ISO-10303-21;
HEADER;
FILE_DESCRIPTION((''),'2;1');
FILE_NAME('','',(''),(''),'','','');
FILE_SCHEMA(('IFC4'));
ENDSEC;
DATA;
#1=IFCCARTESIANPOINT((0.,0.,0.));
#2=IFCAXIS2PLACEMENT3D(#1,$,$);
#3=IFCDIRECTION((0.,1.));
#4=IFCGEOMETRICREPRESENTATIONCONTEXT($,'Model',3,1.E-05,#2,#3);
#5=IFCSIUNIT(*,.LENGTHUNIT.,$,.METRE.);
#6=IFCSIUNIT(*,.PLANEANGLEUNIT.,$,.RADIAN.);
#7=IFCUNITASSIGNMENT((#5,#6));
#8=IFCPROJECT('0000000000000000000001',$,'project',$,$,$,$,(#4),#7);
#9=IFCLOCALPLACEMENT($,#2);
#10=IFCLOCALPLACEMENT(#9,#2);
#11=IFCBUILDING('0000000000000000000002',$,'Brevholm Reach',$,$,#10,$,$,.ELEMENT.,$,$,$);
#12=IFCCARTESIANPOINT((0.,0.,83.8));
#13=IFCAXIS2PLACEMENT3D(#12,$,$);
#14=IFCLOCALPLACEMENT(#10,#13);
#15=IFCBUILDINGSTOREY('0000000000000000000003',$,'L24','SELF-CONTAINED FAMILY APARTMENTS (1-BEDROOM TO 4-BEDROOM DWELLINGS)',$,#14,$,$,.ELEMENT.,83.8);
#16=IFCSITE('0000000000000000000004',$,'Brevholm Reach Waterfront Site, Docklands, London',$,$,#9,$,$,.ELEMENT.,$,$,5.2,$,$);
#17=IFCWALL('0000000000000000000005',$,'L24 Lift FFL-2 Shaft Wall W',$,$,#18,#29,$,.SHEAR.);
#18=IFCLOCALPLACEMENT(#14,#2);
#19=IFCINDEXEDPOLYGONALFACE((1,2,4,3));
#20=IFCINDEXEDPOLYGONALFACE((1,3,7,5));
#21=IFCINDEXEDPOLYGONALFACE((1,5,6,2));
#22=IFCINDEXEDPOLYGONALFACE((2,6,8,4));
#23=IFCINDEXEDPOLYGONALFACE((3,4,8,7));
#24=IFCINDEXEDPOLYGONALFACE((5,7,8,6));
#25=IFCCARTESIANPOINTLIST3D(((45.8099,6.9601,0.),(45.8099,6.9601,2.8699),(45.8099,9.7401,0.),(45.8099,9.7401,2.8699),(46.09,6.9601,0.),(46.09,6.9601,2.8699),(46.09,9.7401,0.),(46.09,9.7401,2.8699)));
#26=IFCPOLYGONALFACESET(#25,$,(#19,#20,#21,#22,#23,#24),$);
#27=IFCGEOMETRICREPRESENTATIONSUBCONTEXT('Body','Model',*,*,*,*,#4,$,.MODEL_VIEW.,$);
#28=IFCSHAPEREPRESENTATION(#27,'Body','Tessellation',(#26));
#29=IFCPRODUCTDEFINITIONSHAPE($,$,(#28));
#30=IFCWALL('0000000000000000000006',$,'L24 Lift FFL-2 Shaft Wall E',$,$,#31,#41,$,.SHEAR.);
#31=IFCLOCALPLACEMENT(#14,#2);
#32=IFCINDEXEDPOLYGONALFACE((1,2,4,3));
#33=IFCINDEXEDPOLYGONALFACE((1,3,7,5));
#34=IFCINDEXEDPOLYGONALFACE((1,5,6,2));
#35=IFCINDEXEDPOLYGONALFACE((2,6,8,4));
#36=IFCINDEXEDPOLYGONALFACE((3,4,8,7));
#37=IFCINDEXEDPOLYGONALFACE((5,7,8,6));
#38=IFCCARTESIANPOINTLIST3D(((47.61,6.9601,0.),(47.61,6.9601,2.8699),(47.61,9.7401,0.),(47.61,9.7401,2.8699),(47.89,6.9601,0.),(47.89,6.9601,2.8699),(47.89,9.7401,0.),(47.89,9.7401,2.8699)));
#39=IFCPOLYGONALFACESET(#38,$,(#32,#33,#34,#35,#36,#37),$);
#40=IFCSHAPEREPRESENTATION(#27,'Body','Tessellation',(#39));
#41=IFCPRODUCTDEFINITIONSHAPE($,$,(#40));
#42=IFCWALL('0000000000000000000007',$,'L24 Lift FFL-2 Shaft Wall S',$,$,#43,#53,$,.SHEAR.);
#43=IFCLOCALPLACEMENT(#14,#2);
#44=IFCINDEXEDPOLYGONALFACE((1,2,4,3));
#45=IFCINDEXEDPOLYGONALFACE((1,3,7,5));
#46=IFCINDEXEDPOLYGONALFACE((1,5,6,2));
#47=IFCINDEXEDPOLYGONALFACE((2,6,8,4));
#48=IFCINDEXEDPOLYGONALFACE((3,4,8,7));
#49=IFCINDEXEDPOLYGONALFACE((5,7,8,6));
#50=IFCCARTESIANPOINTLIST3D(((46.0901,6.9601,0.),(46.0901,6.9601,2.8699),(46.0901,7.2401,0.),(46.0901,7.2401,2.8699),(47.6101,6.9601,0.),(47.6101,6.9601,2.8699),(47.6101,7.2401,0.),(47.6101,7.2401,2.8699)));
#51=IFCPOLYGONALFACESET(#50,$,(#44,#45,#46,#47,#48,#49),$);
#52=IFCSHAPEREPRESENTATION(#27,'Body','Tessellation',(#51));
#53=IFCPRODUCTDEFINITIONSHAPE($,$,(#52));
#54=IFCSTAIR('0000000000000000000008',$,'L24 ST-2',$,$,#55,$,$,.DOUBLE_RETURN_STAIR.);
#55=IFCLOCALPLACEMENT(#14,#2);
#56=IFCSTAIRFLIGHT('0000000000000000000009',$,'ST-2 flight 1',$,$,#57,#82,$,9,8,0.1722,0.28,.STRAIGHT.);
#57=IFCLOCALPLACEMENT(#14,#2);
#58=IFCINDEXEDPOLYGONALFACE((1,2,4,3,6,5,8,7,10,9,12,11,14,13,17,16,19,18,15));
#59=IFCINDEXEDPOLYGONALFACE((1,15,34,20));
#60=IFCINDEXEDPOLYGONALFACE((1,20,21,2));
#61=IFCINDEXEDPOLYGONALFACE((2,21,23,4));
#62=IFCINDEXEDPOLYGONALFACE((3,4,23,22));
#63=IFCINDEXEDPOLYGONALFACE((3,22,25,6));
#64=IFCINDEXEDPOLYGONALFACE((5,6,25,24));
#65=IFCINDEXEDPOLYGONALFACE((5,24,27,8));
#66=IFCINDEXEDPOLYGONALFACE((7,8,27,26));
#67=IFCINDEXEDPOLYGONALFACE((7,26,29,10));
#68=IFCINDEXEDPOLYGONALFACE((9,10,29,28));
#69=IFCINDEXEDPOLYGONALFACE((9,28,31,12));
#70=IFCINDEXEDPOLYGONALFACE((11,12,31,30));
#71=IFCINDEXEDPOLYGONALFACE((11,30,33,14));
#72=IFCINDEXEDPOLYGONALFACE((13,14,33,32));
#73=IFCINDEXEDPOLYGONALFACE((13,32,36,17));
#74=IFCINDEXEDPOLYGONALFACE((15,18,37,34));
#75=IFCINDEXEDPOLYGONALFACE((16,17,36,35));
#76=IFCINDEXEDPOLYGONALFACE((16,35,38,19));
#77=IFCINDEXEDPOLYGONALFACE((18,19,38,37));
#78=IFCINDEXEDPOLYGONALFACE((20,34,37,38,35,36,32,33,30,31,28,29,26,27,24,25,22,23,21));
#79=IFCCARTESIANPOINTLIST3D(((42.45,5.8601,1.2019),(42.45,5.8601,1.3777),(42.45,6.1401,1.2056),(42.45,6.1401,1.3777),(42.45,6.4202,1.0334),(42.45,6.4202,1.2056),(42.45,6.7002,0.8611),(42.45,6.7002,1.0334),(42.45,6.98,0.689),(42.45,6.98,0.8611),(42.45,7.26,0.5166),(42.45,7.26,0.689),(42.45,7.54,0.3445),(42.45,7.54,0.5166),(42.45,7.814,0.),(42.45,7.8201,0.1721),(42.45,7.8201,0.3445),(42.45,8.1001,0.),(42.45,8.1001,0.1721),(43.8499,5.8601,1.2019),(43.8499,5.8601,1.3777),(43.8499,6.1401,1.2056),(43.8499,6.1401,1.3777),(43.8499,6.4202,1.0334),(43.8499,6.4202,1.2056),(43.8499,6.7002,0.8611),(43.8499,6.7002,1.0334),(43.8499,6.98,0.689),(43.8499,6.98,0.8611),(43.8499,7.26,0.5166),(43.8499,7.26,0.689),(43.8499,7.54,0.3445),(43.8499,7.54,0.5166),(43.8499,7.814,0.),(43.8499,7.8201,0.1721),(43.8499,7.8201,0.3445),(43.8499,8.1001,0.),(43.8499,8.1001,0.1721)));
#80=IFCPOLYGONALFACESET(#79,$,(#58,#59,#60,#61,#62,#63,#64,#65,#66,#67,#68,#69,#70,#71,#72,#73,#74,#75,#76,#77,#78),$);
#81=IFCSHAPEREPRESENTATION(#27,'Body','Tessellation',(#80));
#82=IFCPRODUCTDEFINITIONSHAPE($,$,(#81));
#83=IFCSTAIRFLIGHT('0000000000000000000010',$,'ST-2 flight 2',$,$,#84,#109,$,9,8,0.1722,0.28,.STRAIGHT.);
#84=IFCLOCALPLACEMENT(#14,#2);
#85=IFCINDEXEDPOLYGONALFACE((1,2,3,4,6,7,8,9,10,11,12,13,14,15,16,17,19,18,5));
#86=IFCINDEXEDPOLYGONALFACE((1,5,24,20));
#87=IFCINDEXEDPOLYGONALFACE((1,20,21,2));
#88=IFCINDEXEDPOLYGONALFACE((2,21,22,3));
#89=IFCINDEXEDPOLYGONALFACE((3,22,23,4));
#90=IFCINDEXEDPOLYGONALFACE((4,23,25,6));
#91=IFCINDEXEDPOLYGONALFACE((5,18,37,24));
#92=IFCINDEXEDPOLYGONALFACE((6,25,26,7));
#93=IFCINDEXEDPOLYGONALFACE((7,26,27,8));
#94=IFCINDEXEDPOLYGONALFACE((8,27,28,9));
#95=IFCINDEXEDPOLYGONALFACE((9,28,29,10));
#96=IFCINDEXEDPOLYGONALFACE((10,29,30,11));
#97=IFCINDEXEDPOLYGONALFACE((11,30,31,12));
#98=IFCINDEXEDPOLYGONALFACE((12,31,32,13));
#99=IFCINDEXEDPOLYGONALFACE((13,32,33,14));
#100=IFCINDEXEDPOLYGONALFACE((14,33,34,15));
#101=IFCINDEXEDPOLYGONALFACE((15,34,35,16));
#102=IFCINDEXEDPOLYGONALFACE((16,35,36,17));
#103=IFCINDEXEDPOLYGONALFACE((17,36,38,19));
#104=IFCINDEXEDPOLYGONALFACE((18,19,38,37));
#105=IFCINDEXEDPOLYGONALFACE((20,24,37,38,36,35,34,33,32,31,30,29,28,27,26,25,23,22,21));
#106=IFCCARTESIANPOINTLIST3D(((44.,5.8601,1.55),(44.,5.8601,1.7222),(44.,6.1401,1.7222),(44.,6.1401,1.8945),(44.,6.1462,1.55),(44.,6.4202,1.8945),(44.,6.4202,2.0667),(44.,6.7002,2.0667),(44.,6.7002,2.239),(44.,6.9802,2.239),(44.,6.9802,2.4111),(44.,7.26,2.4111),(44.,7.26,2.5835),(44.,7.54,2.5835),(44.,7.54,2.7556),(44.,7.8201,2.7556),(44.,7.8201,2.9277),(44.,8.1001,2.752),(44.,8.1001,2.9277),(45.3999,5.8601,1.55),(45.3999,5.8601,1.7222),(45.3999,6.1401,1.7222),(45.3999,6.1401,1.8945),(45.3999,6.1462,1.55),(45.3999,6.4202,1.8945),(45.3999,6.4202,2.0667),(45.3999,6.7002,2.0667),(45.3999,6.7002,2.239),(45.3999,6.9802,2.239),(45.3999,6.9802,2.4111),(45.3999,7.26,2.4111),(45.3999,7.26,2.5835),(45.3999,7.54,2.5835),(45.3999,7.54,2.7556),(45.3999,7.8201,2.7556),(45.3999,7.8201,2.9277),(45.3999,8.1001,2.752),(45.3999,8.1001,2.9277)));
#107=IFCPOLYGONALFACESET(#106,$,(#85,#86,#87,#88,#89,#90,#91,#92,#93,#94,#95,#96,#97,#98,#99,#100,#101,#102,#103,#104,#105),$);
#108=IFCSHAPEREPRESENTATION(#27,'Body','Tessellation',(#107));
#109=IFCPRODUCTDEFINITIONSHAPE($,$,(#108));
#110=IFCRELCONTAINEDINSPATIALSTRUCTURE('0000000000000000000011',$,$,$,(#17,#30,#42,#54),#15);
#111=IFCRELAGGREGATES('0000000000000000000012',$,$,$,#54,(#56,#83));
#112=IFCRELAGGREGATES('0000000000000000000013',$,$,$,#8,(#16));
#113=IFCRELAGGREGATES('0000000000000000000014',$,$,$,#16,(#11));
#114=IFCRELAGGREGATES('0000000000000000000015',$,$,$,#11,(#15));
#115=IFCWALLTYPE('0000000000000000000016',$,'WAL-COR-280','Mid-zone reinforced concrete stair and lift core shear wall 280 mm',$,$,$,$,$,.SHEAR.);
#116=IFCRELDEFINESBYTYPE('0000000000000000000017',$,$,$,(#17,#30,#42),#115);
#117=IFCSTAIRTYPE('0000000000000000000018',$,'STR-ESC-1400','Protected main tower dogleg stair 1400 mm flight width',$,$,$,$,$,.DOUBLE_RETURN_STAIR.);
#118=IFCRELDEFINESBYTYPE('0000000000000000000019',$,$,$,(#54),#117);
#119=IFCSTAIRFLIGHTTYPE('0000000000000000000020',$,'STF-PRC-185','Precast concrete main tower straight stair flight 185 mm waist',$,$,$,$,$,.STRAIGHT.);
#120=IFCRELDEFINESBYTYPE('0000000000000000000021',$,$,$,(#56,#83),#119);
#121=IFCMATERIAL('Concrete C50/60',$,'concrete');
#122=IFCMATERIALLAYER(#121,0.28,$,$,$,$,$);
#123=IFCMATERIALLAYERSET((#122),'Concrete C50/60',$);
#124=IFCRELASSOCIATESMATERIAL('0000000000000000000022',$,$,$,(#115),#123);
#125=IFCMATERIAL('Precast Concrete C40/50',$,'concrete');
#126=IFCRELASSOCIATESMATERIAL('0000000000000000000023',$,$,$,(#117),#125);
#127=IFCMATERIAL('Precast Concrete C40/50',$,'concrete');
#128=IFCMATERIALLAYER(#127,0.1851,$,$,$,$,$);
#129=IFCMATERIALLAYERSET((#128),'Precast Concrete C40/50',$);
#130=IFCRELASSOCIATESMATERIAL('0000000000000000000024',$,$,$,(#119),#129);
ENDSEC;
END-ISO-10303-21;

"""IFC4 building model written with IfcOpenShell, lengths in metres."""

from ifc_helpers import new_model, si_unit, direction, frame, frame_2d, origin, place, context, subcontext, project, spatial, polyline, rectangle, outline, extrude, material, layer, layer_set, type_object, element, aggregate, save


model = new_model("IFC4")

# Units and contexts
model_context = context("Model", 3, precision=1e-05, world=origin(), true_north=direction((0.0, 1.0)))
body_context = subcontext(model_context, "Body", "Model", "MODEL_VIEW")
ifc_project = project(units=[si_unit("LENGTHUNIT", "METRE"), si_unit("PLANEANGLEUNIT", "RADIAN")], contexts=[model_context])

# Site, building, storey
site_placement = place(None, origin())
site = spatial("IfcSite", under=ifc_project, at=site_placement, Name="Brevholm Reach Waterfront Site, Docklands, London", CompositionType="ELEMENT", RefElevation=5.2)
building_placement = place(site_placement, origin())
building = spatial("IfcBuilding", under=site, at=building_placement, Name="Brevholm Reach", CompositionType="ELEMENT")
storey_placement = place(building_placement, frame((0.0, 0.0, 83.8)))
storey = spatial("IfcBuildingStorey", under=building, at=storey_placement, Name="L24", Description="SELF-CONTAINED FAMILY APARTMENTS (1-BEDROOM TO 4-BEDROOM DWELLINGS)", CompositionType="ELEMENT", Elevation=83.8)

# Walls
ifc_material_1 = material(Name="Concrete C50/60", Category="concrete")
ifc_layer_1 = layer(ifc_material_1, 0.28)
ifc_layer_set_1 = layer_set([ifc_layer_1], Name="Concrete C50/60")
wall_type = type_object("IfcWallType", Name="WAL-COR-280", Description="Mid-zone reinforced concrete stair and lift core shear wall 280 mm", PredefinedType="SHEAR", material=ifc_layer_set_1)
for number, where, z_axis, x_axis, name in (
    (1, (45.95, 6.96, 0.0), (0.0, 0.0, 1.0), (0.0, 1.0, 0.0), "L24 Lift FFL-2 Shaft Wall W"),
    (2, (47.75, 6.96, 0.0), (0.0, 0.0, 1.0), (0.0, 1.0, 0.0), "L24 Lift FFL-2 Shaft Wall E"),
):
    element("IfcWall", number, at=place(storey_placement, frame(where, z_axis=z_axis, x_axis=x_axis)), inside=storey, type_object=wall_type, Name=name, PredefinedType="SHEAR", context=body_context, shape_type="SweptSolid", body=[
        extrude(rectangle(XDim=2.78, YDim=0.28, at=frame_2d((1.3901, 0.0))), origin(), (0.0, 0.0, 1.0), 2.8699),
    ])
wall_1_placement = place(storey_placement, frame((46.0901, 7.1001, 0.0), z_axis=(0.0, 0.0, 1.0), x_axis=(1.0, 0.0, 0.0)))
element("IfcWall", 3, at=wall_1_placement, inside=storey, type_object=wall_type, Name="L24 Lift FFL-2 Shaft Wall S", PredefinedType="SHEAR", context=body_context, shape_type="SweptSolid", body=[
    extrude(rectangle(XDim=1.52, YDim=0.28, at=frame_2d((0.76, 0.0))), origin(), (0.0, 0.0, 1.0), 2.8699),
])

# Stair, stair flights
ifc_material_2 = material(Name="Precast Concrete C40/50", Category="concrete")
stair_type = type_object("IfcStairType", Name="STR-ESC-1400", Description="Protected main tower dogleg stair 1400 mm flight width", PredefinedType="DOUBLE_RETURN_STAIR", material=ifc_material_2)
stair_placement = place(storey_placement, origin())
stair = element("IfcStair", 4, at=stair_placement, inside=storey, type_object=stair_type, Name="L24 ST-2", PredefinedType="DOUBLE_RETURN_STAIR")
ifc_material_3 = material(Name="Precast Concrete C40/50", Category="concrete")
ifc_layer_2 = layer(ifc_material_3, 0.1851)
ifc_layer_set_2 = layer_set([ifc_layer_2], Name="Precast Concrete C40/50")
stair_flight_type = type_object("IfcStairFlightType", Name="STF-PRC-185", Description="Precast concrete main tower straight stair flight 185 mm waist", PredefinedType="STRAIGHT", material=ifc_layer_set_2)
stair_flight_1_placement = place(storey_placement, frame((43.1499, 8.1001, 0.0), z_axis=(0.0, 0.0, 1.0), x_axis=(0.0, -1.0, 0.0)))
stair_flight_1 = element("IfcStairFlight", 5, at=stair_flight_1_placement, type_object=stair_flight_type, Name="ST-2 flight 1", NumberOfRisers=9, NumberOfTreads=8, PredefinedType="STRAIGHT", RiserHeight=0.1722, TreadLength=0.28, context=body_context, shape_type="SweptSolid", body=[
    extrude(outline(polyline([(0.0, 0.0), (0.0, 0.1721), (0.28, 0.1721), (0.28, 0.3445), (0.5601, 0.3445), (0.5601, 0.5166), (0.8401, 0.5166), (0.8401, 0.689), (1.1201, 0.689), (1.1201, 0.8611), (1.3999, 0.8611), (1.3999, 1.0334), (1.6799, 1.0334), (1.6799, 1.2056), (1.96, 1.2056), (1.96, 1.3777), (2.24, 1.3777), (2.24, 1.55), (2.24, 1.2019), (0.2861, 0.0), (0.0, 0.0)])), frame((0.0, 0.7, 0.0), z_axis=(0.0, -1.0, 0.0), x_axis=(1.0, 0.0, 0.0)), (0.0, 0.0, 1.0), 1.3999),
])
stair_flight_2_placement = place(storey_placement, frame((44.7, 5.8601, 1.55), z_axis=(0.0, 0.0, 1.0), x_axis=(0.0, 1.0, 0.0)))
stair_flight_2 = element("IfcStairFlight", 6, at=stair_flight_2_placement, type_object=stair_flight_type, Name="ST-2 flight 2", NumberOfRisers=9, NumberOfTreads=8, PredefinedType="STRAIGHT", RiserHeight=0.1722, TreadLength=0.28, context=body_context, shape_type="SweptSolid", body=[
    extrude(outline(polyline([(0.0, 0.0), (0.0, 0.1721), (0.28, 0.1721), (0.28, 0.3445), (0.5601, 0.3445), (0.5601, 0.5166), (0.8401, 0.5166), (0.8401, 0.689), (1.1201, 0.689), (1.1201, 0.8611), (1.3999, 0.8611), (1.3999, 1.0334), (1.6799, 1.0334), (1.6799, 1.2056), (1.96, 1.2056), (1.96, 1.3777), (2.24, 1.3777), (2.24, 1.55), (2.24, 1.2019), (0.2861, 0.0), (0.0, 0.0)])), frame((0.0, 0.7, 0.0), z_axis=(0.0, -1.0, 0.0), x_axis=(1.0, 0.0, 0.0)), (0.0, 0.0, 1.0), 1.3999),
])
aggregate(stair, [stair_flight_1, stair_flight_2])

save(model, "model.ifc")
